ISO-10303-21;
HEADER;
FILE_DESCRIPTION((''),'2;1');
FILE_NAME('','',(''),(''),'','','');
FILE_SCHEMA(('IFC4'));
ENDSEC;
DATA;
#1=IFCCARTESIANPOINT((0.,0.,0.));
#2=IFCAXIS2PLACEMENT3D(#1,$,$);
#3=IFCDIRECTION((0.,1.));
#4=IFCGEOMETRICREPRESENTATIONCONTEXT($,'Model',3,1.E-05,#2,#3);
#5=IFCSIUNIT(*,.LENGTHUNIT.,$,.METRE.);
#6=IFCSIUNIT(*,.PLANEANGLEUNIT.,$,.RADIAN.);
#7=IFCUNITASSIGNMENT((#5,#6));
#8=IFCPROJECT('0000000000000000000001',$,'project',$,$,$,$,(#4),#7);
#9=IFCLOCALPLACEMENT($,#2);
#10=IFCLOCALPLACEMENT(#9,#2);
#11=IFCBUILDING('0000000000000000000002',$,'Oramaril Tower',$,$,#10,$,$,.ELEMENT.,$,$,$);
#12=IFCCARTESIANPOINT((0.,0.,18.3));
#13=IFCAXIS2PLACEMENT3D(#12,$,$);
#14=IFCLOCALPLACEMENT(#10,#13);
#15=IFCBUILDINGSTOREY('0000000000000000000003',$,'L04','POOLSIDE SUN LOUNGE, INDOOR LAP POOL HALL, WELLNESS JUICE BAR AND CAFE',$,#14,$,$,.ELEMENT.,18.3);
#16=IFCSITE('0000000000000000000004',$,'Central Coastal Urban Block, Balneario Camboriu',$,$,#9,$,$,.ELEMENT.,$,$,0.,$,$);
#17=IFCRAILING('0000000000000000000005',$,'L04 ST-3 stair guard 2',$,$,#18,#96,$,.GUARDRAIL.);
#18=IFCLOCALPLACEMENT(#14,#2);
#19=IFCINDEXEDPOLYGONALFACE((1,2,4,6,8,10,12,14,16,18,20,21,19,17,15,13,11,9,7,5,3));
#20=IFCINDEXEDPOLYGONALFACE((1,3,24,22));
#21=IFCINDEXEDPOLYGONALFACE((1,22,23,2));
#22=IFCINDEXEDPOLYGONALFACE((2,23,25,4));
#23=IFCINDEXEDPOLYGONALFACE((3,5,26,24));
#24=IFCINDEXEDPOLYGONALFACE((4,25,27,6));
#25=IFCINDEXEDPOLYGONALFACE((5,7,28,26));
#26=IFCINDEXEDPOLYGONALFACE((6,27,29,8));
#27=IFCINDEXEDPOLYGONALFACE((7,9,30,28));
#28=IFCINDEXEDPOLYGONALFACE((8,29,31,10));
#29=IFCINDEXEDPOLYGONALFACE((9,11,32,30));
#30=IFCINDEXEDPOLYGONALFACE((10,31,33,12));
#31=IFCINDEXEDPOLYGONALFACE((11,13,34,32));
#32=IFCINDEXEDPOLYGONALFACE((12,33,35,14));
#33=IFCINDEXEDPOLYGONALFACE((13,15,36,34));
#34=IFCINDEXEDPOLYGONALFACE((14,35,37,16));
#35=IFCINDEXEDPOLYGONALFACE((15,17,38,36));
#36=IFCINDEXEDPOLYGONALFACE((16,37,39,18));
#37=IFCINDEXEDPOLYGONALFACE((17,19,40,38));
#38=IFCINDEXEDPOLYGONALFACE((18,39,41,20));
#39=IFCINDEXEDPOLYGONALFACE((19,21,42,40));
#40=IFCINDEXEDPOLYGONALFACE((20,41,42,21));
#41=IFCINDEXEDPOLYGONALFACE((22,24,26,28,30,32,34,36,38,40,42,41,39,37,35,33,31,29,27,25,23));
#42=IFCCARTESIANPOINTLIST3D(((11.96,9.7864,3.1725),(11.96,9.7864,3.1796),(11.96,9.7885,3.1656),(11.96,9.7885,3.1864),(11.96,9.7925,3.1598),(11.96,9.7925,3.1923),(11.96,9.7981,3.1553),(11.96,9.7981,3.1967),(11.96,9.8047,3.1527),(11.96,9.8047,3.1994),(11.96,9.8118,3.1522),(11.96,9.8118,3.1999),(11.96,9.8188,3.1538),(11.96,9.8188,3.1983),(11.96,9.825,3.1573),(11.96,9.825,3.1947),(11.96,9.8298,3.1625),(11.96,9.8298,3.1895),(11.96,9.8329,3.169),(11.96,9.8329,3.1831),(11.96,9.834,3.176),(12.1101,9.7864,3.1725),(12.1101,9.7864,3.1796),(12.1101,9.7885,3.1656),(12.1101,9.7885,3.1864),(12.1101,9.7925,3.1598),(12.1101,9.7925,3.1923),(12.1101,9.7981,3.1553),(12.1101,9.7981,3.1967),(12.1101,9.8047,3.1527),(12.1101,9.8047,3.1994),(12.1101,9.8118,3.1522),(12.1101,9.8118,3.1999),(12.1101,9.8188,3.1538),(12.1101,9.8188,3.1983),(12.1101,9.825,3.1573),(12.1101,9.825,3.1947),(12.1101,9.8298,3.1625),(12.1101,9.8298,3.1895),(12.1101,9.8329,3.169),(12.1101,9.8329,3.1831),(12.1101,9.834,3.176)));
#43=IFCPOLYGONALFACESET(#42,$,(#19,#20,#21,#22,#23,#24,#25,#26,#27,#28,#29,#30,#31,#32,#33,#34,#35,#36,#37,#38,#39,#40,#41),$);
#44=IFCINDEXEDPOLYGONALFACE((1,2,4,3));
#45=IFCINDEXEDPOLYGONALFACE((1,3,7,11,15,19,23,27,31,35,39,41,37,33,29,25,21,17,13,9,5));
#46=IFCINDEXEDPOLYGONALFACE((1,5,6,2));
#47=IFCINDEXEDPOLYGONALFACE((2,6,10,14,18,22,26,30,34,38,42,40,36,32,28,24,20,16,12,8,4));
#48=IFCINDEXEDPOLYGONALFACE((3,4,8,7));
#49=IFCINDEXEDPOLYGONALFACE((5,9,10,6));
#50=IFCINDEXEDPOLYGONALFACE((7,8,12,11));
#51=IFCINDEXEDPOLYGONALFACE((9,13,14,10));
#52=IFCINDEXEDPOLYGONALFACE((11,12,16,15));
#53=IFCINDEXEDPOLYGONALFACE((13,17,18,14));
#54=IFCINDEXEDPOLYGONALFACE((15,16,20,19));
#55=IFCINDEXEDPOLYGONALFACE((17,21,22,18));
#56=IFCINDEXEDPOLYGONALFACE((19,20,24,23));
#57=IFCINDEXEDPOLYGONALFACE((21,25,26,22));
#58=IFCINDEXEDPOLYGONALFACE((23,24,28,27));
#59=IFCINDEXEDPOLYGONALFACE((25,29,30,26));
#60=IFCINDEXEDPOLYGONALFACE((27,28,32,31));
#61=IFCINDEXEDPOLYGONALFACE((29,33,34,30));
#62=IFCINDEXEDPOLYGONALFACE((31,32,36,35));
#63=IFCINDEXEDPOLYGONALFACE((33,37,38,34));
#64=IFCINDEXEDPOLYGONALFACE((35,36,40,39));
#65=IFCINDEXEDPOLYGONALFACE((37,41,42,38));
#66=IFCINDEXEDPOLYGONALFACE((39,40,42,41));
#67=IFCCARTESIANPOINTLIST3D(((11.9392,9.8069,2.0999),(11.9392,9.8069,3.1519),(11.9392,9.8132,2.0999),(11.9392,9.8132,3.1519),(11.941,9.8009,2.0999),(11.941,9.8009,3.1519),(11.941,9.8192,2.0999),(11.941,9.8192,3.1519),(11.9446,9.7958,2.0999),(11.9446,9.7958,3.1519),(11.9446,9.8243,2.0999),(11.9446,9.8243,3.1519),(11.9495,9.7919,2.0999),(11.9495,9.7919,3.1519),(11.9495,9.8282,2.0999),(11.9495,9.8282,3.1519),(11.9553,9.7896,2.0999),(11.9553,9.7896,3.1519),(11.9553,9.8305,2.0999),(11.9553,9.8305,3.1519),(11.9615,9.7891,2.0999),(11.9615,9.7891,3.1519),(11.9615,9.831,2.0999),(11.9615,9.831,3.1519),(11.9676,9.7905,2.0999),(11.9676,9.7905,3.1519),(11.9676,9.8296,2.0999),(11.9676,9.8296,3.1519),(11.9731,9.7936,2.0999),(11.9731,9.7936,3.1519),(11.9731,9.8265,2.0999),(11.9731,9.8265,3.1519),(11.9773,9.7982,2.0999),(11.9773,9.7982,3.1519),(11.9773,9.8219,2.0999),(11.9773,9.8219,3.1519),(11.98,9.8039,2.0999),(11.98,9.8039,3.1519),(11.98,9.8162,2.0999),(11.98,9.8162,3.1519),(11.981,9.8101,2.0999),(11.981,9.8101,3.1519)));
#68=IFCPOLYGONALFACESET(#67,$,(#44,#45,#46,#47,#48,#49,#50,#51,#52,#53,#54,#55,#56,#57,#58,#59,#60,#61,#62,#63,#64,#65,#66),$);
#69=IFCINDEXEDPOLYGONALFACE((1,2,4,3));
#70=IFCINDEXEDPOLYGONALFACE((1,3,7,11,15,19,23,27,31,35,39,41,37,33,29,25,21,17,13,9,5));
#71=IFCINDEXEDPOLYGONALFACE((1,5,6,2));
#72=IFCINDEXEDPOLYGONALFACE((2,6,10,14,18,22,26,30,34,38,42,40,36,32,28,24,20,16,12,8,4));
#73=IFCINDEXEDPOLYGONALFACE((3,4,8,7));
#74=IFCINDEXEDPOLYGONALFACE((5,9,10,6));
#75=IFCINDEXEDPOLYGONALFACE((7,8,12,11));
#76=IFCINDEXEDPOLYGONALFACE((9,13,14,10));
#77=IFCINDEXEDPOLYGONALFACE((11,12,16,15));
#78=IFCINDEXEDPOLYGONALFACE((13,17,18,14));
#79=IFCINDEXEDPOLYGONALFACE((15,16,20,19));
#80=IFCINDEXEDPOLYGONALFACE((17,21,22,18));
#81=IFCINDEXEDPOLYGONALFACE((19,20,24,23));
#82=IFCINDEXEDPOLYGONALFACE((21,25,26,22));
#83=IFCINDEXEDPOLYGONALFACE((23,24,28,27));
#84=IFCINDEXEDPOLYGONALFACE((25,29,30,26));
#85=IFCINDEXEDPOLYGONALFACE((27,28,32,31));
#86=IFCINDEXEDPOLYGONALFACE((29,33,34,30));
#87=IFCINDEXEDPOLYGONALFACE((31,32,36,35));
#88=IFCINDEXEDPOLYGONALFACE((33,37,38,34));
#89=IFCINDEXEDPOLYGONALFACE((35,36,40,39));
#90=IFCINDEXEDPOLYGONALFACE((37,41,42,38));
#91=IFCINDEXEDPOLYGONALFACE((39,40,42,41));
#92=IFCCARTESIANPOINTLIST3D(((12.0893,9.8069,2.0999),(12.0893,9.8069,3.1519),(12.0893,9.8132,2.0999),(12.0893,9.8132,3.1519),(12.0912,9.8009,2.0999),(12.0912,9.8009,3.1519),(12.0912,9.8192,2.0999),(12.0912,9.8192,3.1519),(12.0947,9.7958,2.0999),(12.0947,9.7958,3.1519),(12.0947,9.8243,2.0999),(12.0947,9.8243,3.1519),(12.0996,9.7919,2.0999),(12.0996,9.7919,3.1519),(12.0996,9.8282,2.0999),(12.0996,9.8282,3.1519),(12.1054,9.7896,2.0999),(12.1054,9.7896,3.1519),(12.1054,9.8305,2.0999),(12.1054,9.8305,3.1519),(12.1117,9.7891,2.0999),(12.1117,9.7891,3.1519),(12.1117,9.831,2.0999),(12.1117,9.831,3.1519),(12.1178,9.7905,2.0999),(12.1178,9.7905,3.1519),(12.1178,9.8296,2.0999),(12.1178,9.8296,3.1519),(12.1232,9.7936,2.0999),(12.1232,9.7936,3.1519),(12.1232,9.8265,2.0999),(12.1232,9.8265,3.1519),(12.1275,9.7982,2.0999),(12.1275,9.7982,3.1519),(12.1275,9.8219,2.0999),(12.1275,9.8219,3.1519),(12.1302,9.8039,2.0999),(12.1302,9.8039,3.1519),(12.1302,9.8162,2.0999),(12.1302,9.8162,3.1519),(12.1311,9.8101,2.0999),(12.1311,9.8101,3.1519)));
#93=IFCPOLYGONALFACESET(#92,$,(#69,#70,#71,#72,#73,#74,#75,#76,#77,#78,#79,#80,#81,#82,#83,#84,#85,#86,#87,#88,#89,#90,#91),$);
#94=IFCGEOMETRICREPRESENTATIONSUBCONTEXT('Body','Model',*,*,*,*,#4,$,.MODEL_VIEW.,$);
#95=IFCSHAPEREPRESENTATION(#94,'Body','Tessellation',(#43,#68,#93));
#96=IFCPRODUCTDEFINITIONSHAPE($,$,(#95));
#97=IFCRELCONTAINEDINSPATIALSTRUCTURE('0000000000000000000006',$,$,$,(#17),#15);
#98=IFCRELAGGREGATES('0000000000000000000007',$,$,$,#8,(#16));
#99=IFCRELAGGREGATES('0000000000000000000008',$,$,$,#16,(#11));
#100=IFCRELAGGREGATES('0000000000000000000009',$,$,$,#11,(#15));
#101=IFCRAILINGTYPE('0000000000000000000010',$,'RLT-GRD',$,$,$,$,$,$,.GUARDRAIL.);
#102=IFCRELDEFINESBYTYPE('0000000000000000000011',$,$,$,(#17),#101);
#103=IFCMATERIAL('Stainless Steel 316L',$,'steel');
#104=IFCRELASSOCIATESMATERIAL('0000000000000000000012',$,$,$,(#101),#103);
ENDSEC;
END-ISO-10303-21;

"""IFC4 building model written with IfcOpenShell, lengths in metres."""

from ifc_helpers import new_model, si_unit, direction, frame, origin, origin_2d, place, context, subcontext, project, spatial, circle, extrude, material, type_object, element, save


model = new_model("IFC4")

# Units and contexts
model_context = context("Model", 3, precision=1e-05, world=origin(), true_north=direction((0.0, 1.0)))
body_context = subcontext(model_context, "Body", "Model", "MODEL_VIEW")
ifc_project = project(units=[si_unit("LENGTHUNIT", "METRE"), si_unit("PLANEANGLEUNIT", "RADIAN")], contexts=[model_context])

# Site, building, storey
site_placement = place(None, origin())
site = spatial("IfcSite", under=ifc_project, at=site_placement, Name="Central Coastal Urban Block, Balneario Camboriu", CompositionType="ELEMENT", RefElevation=0.0)
building_placement = place(site_placement, origin())
building = spatial("IfcBuilding", under=site, at=building_placement, Name="Oramaril Tower", CompositionType="ELEMENT")
storey_placement = place(building_placement, frame((0.0, 0.0, 18.3)))
storey = spatial("IfcBuildingStorey", under=building, at=storey_placement, Name="L04", Description="POOLSIDE SUN LOUNGE, INDOOR LAP POOL HALL, WELLNESS JUICE BAR AND CAFE", CompositionType="ELEMENT", Elevation=18.3)

# Railing
ifc_material_1 = material(Name="Stainless Steel 316L", Category="steel")
railing_type = type_object("IfcRailingType", Name="RLT-GRD", PredefinedType="GUARDRAIL", material=ifc_material_1)
railing_1_placement = place(storey_placement, frame((11.96, 9.8101, 2.0999)))
element("IfcRailing", 1, at=railing_1_placement, inside=storey, type_object=railing_type, Name="L04 ST-3 stair guard 2", PredefinedType="GUARDRAIL", context=body_context, shape_type="SweptSolid", body=[
    extrude(circle(Radius=0.0239, at=origin_2d()), frame((0.0, 0.0, 1.0762), z_axis=(1.0, 0.0, 0.0), x_axis=(0.0, 1.0, 0.0)), (0.0, 0.0, 1.0), 0.1501),
    extrude(circle(Radius=0.021, at=origin_2d()), origin(), (0.0, 0.0, 1.0), 1.052),
    extrude(circle(Radius=0.021, at=origin_2d()), frame((0.1501, 0.0, 0.0)), (0.0, 0.0, 1.0), 1.052),
])

save(model, "model.ifc")
